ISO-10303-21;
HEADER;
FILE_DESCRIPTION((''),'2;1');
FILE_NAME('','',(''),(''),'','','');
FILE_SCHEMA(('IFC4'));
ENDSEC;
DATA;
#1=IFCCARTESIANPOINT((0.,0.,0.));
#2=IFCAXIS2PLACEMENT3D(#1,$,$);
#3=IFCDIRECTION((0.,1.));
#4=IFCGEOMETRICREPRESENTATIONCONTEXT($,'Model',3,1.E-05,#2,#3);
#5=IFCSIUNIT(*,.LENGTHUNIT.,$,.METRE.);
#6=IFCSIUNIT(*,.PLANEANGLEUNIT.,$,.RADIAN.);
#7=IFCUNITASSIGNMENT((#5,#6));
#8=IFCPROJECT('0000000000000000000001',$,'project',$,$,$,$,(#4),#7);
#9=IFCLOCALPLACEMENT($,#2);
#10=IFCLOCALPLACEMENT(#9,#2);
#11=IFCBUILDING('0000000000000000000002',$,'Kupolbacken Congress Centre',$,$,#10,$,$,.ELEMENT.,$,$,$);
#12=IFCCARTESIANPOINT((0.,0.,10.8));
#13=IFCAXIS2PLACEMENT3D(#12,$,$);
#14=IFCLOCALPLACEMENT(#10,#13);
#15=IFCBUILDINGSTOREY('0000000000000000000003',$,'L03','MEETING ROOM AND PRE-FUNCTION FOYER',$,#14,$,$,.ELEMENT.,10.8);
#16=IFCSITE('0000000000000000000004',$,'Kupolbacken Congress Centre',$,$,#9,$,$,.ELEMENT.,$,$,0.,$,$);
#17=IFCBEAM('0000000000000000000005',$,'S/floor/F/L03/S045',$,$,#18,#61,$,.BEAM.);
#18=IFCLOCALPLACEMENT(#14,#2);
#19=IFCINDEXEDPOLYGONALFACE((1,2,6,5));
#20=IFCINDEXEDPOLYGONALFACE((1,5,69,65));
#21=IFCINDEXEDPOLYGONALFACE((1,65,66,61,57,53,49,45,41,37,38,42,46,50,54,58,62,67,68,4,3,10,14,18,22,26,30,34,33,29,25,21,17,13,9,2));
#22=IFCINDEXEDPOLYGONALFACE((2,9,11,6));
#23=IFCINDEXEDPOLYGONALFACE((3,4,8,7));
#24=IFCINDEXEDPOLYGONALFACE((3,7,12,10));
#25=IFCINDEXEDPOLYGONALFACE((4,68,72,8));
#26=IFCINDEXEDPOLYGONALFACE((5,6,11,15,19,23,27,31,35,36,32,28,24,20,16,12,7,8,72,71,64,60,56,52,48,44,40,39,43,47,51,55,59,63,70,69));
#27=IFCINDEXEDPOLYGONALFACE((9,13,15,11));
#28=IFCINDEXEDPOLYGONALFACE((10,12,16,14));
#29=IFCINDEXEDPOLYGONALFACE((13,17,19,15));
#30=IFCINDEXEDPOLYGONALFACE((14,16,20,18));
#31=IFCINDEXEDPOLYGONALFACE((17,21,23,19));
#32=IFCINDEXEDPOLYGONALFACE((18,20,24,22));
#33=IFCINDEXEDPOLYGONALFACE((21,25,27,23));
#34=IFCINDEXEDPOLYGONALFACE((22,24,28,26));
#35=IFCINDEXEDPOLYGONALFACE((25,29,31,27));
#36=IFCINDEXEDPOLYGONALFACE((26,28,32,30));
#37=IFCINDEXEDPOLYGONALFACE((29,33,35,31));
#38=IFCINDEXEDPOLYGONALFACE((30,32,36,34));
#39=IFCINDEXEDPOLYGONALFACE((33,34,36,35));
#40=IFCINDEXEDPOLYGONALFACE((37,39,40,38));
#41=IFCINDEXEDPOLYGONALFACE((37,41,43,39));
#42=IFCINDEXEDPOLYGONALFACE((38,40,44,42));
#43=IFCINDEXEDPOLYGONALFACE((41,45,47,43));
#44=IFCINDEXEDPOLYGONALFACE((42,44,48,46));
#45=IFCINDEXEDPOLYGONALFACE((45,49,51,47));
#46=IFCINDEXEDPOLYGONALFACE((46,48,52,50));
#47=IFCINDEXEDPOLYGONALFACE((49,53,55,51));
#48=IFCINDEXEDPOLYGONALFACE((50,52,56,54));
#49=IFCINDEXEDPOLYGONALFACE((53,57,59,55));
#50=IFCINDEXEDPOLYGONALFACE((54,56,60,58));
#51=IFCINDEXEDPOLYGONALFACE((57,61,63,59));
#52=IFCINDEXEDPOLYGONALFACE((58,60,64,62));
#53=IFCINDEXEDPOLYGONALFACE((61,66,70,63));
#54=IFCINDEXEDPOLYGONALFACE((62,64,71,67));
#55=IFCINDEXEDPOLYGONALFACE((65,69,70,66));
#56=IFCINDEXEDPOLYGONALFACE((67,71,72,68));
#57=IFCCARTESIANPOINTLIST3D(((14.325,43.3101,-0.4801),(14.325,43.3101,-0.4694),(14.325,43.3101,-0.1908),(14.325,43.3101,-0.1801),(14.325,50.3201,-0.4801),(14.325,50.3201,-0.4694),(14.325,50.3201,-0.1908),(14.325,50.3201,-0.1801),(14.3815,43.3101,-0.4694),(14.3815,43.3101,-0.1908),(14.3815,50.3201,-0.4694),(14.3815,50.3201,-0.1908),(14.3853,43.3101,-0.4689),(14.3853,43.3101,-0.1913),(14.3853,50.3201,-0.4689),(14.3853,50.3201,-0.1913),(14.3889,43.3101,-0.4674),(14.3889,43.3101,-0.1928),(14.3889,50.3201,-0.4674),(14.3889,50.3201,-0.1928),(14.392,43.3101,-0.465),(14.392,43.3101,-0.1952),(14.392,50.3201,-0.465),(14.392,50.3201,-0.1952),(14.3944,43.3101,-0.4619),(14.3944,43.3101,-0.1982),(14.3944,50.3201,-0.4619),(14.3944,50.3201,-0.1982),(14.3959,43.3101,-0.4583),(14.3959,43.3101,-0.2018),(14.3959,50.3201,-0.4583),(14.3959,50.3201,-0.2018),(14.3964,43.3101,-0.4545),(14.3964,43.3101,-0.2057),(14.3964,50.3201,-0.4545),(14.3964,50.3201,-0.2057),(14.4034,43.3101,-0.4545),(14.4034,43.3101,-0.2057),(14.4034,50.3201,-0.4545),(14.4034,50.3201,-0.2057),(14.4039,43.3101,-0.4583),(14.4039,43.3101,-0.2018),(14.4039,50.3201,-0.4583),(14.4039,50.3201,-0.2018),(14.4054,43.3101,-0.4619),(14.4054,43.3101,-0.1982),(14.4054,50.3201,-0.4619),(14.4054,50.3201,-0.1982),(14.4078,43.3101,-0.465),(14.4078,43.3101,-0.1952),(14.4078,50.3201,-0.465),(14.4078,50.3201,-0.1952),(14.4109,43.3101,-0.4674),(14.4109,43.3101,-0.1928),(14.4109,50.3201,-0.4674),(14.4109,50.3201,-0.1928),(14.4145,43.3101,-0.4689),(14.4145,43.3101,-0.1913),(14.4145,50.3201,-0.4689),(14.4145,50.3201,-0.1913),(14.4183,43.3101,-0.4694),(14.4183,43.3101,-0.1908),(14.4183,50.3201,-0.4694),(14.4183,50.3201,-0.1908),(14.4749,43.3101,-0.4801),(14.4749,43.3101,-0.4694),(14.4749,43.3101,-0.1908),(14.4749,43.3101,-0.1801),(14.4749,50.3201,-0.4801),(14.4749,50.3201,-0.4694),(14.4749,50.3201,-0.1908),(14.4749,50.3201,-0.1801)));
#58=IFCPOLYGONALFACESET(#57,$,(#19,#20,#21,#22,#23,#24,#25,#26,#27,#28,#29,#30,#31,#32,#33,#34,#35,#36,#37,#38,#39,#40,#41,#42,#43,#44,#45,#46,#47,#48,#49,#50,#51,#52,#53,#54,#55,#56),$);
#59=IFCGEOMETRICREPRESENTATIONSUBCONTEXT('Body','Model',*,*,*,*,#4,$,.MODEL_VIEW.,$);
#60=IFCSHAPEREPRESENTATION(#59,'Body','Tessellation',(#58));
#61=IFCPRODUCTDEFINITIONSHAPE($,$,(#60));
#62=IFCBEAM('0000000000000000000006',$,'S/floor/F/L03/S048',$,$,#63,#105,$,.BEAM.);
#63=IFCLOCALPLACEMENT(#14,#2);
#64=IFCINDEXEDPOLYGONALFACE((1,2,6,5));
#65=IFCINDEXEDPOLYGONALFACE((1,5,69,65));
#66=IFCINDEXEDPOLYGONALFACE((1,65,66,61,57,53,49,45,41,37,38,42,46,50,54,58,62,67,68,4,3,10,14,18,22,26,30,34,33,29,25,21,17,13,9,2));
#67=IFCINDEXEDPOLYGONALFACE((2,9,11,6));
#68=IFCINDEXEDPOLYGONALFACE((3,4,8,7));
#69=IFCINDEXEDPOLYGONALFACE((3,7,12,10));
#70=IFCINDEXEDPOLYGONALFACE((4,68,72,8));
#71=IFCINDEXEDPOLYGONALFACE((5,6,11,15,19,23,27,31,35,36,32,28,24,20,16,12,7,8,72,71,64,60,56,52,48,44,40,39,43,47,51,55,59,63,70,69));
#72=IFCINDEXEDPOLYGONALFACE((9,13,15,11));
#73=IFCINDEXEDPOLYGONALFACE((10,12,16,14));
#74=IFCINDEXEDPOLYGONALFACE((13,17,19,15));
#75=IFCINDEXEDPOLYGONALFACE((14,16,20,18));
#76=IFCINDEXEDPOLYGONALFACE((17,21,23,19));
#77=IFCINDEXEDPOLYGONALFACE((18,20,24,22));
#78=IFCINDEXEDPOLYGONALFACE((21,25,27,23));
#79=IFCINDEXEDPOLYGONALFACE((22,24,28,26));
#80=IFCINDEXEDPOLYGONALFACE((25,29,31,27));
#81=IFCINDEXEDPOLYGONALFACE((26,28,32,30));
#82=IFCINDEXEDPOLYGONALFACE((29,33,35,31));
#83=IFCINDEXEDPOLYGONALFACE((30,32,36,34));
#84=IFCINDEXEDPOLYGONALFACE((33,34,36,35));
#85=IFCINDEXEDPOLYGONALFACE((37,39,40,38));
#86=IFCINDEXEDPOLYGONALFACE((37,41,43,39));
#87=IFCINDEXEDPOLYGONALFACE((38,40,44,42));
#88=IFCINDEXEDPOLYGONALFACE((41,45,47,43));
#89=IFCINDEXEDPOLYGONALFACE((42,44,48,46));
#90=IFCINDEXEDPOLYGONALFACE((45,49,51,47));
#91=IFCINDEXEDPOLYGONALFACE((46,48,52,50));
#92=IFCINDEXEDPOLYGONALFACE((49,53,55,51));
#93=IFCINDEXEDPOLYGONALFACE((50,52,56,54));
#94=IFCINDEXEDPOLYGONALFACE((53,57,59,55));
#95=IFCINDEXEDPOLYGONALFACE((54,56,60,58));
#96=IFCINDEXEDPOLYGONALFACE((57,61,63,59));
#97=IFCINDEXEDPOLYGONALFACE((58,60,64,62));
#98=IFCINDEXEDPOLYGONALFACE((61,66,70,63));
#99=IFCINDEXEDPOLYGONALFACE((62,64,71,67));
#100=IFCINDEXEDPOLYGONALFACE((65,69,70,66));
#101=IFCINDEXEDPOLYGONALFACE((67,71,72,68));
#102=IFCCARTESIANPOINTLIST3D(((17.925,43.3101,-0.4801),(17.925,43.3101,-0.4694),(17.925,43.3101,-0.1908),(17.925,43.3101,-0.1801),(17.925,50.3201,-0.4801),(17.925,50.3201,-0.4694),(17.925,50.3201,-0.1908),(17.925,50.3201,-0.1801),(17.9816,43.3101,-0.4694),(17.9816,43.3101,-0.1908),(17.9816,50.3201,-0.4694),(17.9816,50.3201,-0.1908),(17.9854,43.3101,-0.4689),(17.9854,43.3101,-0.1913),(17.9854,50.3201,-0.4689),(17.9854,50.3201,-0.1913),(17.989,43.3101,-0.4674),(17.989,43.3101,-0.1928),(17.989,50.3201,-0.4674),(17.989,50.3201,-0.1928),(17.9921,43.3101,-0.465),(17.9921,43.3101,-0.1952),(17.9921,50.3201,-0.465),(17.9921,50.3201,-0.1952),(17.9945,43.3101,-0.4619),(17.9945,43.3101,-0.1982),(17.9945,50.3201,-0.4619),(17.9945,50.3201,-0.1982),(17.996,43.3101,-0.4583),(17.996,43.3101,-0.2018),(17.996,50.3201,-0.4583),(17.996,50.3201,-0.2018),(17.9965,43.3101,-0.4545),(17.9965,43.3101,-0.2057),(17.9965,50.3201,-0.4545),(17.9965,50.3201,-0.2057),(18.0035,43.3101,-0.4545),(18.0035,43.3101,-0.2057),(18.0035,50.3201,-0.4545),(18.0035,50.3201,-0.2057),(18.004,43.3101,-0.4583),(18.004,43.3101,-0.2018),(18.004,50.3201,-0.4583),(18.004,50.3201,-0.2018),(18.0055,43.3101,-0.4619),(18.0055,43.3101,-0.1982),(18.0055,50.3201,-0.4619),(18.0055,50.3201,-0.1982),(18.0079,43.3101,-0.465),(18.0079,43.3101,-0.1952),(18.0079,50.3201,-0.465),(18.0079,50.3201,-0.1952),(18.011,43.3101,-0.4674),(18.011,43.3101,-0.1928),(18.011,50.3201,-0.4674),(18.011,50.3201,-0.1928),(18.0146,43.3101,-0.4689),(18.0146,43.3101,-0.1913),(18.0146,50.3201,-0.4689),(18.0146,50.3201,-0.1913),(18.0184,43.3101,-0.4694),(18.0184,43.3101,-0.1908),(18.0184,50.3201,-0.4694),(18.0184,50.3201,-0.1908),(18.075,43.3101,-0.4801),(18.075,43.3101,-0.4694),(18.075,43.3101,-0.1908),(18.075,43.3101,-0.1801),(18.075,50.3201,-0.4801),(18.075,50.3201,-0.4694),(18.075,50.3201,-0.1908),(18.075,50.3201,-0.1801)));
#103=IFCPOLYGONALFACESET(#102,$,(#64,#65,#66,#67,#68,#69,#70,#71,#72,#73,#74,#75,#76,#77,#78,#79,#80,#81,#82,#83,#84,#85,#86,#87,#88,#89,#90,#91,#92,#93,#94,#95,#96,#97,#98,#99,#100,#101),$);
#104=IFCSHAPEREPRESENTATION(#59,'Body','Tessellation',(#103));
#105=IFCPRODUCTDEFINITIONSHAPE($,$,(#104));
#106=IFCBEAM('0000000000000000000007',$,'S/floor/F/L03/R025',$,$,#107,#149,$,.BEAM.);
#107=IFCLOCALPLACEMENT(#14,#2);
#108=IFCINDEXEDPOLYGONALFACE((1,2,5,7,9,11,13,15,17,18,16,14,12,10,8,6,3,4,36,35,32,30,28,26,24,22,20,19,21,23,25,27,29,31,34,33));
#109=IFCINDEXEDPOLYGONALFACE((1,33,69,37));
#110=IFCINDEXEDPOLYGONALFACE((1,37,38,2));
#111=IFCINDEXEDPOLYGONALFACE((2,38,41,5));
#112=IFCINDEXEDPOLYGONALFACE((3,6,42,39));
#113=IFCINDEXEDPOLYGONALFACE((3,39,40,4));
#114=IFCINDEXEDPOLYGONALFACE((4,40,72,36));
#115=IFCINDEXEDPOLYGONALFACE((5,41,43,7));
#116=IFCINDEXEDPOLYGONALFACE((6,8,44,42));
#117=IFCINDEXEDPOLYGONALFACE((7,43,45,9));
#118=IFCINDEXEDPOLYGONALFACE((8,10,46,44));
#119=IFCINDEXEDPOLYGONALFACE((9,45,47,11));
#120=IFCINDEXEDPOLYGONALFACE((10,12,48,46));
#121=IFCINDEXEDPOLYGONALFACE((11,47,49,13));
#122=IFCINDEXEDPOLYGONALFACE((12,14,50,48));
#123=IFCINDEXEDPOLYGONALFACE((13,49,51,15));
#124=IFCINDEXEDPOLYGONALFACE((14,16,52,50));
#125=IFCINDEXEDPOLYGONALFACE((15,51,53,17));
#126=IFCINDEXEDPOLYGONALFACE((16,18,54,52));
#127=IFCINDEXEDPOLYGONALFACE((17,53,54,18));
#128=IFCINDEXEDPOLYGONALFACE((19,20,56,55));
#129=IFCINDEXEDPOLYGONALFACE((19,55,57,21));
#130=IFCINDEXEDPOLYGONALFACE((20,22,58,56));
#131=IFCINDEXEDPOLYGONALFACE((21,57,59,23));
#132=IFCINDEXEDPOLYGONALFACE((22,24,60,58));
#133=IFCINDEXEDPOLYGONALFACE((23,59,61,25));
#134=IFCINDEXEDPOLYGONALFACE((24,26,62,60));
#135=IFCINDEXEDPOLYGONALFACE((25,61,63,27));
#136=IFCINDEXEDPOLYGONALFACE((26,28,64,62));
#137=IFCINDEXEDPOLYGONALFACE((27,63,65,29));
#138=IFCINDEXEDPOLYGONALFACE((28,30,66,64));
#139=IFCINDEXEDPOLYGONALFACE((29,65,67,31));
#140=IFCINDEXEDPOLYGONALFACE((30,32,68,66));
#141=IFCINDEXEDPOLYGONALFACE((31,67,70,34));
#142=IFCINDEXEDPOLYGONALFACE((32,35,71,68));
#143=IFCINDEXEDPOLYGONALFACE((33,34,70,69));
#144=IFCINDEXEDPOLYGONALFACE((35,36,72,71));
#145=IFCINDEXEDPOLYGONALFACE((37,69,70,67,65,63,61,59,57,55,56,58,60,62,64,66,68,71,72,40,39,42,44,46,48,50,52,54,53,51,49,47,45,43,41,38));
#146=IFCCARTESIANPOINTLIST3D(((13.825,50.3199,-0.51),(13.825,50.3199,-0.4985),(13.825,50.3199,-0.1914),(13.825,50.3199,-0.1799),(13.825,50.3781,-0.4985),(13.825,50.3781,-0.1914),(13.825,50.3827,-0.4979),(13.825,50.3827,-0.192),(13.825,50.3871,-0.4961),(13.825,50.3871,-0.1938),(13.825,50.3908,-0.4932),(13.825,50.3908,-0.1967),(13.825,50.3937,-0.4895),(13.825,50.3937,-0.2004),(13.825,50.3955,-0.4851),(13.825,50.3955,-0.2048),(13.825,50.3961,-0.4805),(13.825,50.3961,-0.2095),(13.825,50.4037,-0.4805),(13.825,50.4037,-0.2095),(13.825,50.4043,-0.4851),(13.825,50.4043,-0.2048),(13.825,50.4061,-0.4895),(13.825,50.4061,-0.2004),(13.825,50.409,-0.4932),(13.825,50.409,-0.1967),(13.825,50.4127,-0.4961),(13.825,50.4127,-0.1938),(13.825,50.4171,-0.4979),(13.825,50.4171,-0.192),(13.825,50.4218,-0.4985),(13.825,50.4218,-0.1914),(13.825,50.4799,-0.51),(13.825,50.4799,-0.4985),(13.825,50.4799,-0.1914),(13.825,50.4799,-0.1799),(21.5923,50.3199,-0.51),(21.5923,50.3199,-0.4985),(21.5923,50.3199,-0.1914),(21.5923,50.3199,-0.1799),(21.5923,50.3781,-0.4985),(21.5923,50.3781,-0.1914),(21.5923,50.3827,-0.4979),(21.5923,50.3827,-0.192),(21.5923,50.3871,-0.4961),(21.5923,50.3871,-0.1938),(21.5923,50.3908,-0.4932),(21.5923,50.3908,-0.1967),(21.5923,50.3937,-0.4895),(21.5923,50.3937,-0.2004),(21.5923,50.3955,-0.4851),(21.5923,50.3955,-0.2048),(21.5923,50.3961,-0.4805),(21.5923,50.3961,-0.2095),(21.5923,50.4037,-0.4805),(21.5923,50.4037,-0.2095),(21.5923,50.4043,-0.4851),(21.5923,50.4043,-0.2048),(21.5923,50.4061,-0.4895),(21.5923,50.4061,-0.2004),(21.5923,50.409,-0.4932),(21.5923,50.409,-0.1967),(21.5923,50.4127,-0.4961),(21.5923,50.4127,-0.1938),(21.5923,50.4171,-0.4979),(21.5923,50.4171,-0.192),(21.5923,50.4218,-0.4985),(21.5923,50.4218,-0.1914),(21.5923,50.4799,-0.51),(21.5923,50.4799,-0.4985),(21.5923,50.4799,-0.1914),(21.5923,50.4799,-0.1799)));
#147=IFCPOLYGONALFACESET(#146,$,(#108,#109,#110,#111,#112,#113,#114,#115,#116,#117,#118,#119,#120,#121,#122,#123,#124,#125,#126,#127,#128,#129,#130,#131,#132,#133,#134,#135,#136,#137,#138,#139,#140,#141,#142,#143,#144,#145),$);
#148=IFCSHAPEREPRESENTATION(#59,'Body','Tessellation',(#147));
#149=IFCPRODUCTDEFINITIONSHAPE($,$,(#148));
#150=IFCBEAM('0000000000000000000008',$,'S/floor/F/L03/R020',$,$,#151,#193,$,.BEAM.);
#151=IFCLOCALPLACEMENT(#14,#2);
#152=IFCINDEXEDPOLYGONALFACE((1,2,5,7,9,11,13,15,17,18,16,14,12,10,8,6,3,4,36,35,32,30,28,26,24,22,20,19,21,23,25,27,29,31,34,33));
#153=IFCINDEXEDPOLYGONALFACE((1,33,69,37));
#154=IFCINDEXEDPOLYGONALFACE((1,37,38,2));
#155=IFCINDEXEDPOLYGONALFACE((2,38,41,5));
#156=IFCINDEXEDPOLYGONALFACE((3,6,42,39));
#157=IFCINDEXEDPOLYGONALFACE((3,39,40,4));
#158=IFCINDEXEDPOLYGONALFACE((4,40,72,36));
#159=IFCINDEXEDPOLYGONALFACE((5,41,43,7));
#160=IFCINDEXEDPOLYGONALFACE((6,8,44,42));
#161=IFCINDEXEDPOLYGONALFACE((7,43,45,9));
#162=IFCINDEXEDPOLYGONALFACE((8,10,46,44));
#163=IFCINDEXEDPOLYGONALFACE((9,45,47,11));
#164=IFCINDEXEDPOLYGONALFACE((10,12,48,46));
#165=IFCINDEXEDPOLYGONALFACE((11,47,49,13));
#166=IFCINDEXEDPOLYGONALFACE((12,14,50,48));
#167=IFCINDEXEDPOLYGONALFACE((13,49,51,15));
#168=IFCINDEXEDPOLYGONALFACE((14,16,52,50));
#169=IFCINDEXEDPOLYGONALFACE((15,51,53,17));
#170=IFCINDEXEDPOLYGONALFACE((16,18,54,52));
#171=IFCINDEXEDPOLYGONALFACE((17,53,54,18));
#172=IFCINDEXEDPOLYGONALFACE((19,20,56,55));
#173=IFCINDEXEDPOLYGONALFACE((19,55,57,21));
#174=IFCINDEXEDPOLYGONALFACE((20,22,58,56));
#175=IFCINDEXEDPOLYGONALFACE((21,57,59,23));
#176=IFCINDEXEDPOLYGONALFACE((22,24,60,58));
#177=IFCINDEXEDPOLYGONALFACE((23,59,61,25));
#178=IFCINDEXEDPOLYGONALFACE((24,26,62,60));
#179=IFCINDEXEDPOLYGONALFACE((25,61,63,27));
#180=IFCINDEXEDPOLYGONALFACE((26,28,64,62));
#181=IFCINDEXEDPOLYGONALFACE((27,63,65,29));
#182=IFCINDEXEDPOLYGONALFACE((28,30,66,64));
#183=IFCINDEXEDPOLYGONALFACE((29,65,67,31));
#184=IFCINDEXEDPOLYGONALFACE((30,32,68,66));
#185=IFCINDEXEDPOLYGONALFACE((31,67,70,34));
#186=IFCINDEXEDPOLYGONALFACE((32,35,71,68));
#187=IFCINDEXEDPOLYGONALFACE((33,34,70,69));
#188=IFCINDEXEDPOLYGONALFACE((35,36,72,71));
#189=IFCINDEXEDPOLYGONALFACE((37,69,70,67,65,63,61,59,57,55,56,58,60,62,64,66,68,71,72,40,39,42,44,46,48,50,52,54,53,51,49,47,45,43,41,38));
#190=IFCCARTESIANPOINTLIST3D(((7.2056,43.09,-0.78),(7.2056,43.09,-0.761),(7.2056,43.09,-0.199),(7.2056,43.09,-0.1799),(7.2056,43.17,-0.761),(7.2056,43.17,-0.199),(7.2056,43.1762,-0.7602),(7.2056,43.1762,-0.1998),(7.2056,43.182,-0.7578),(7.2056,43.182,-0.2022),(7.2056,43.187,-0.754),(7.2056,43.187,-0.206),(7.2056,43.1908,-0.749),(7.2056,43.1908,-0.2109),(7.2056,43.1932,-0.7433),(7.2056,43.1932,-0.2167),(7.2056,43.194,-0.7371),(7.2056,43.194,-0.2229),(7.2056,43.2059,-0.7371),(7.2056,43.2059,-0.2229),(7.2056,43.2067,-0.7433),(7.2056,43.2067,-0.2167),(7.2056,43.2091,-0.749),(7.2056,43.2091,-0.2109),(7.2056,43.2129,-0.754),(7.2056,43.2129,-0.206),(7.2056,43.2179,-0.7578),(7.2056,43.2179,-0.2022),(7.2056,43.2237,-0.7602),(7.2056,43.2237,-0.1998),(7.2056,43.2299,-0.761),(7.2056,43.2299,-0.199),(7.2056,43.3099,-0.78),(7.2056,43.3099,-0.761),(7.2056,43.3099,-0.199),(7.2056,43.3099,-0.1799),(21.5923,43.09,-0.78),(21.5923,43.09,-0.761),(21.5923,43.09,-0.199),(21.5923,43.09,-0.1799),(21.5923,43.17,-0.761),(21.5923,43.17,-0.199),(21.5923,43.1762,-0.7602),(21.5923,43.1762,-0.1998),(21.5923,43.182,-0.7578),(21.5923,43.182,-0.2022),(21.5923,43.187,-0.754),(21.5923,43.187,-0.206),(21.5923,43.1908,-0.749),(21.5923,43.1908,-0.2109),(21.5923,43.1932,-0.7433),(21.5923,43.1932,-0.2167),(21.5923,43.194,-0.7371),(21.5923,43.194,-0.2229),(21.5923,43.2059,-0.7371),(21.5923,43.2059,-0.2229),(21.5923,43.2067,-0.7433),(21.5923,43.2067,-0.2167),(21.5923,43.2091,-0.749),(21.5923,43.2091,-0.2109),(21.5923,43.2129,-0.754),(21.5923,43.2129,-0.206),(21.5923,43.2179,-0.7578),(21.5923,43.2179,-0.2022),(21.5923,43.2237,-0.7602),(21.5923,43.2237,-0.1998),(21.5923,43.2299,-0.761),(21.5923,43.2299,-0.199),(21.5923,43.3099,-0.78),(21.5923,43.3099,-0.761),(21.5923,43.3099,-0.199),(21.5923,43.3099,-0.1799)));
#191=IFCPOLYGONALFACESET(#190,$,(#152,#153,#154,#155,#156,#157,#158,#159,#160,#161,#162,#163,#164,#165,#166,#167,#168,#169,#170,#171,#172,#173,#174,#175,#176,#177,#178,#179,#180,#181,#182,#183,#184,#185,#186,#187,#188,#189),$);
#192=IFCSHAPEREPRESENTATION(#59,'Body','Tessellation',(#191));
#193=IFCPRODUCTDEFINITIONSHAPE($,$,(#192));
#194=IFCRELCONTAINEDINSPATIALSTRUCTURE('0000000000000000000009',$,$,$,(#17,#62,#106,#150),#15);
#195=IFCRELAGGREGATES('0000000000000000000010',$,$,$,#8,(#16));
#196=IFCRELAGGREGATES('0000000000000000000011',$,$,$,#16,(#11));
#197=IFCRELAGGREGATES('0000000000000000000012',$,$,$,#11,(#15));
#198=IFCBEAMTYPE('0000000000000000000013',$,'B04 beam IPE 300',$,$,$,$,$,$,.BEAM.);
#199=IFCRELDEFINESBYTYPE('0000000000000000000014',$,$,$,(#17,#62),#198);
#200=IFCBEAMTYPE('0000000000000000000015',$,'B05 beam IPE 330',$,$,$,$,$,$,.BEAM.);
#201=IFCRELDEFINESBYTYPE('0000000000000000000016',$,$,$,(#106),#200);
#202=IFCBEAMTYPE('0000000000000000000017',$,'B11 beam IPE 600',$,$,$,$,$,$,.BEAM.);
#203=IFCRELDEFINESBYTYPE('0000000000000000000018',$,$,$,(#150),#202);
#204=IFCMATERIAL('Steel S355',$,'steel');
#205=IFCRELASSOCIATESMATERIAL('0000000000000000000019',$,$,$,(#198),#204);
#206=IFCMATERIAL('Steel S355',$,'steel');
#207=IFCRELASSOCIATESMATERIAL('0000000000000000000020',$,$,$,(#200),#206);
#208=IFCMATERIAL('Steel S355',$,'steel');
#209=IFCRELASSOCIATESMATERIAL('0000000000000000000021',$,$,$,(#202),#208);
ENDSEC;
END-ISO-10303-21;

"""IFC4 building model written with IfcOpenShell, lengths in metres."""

from ifc_helpers import new_model, si_unit, direction, frame, origin, origin_2d, place, context, subcontext, project, spatial, i_section, extrude, material, material_profile, profile_set, type_object, element, save


model = new_model("IFC4")

# Units and contexts
model_context = context("Model", 3, precision=1e-05, world=origin(), true_north=direction((0.0, 1.0)))
body_context = subcontext(model_context, "Body", "Model", "MODEL_VIEW")
ifc_project = project(units=[si_unit("LENGTHUNIT", "METRE"), si_unit("PLANEANGLEUNIT", "RADIAN")], contexts=[model_context])

# Site, building, storey
site_placement = place(None, origin())
site = spatial("IfcSite", under=ifc_project, at=site_placement, Name="Kupolbacken Congress Centre", CompositionType="ELEMENT", RefElevation=0.0)
building_placement = place(site_placement, origin())
building = spatial("IfcBuilding", under=site, at=building_placement, Name="Kupolbacken Congress Centre", CompositionType="ELEMENT")
storey_placement = place(building_placement, frame((0.0, 0.0, 10.8)))
storey = spatial("IfcBuildingStorey", under=building, at=storey_placement, Name="L03", Description="MEETING ROOM AND PRE-FUNCTION FOYER", CompositionType="ELEMENT", Elevation=10.8)

# Beams
ifc_material_1 = material(Name="Steel S355", Category="steel")
ifc_material_profile_1 = material_profile(ifc_material_1, i_section(OverallWidth=0.1499, OverallDepth=0.3, WebThickness=0.0071, FlangeThickness=0.0107, FilletRadius=0.0149, at=origin_2d()), Name="IPE 300")
ifc_profile_set_1 = profile_set([ifc_material_profile_1], Name="Steel S355")
beam_type_1 = type_object("IfcBeamType", Name="B04 beam IPE 300", PredefinedType="BEAM", material=ifc_profile_set_1)
for number, where, z_axis, x_axis, name in (
    (1, (14.3999, 43.3101, -0.3301), (0.0, 1.0, 0.0), (-1.0, 0.0, 0.0), "S/floor/F/L03/S045"),
    (2, (18.0, 43.3101, -0.3301), (0.0, 1.0, 0.0), (-1.0, 0.0, 0.0), "S/floor/F/L03/S048"),
):
    element("IfcBeam", number, at=place(storey_placement, frame(where, z_axis=z_axis, x_axis=x_axis)), inside=storey, type_object=beam_type_1, Name=name, PredefinedType="BEAM", context=body_context, shape_type="SweptSolid", body=[
        extrude(i_section(OverallWidth=0.1499, OverallDepth=0.3, WebThickness=0.0071, FlangeThickness=0.0107, FilletRadius=0.0149, at=origin_2d()), origin(), (0.0, 0.0, 1.0), 7.01),
    ])
ifc_material_2 = material(Name="Steel S355", Category="steel")
ifc_material_profile_2 = material_profile(ifc_material_2, i_section(OverallWidth=0.1599, OverallDepth=0.3301, WebThickness=0.0076, FlangeThickness=0.0115, FilletRadius=0.0181, at=origin_2d()), Name="IPE 330")
ifc_profile_set_2 = profile_set([ifc_material_profile_2], Name="Steel S355")
beam_type_2 = type_object("IfcBeamType", Name="B05 beam IPE 330", PredefinedType="BEAM", material=ifc_profile_set_2)
beam_1_placement = place(storey_placement, frame((13.825, 50.3999, -0.345), z_axis=(1.0, 0.0, 0.0), x_axis=(0.0, 1.0, 0.0)))
element("IfcBeam", 3, at=beam_1_placement, inside=storey, type_object=beam_type_2, Name="S/floor/F/L03/R025", PredefinedType="BEAM", context=body_context, shape_type="SweptSolid", body=[
    extrude(i_section(OverallWidth=0.1599, OverallDepth=0.3301, WebThickness=0.0076, FlangeThickness=0.0115, FilletRadius=0.0181, at=origin_2d()), origin(), (0.0, 0.0, 1.0), 7.7673),
])
ifc_material_3 = material(Name="Steel S355", Category="steel")
ifc_material_profile_3 = material_profile(ifc_material_3, i_section(OverallWidth=0.22, OverallDepth=0.6001, WebThickness=0.012, FlangeThickness=0.019, FilletRadius=0.0239, at=origin_2d()), Name="IPE 600")
ifc_profile_set_3 = profile_set([ifc_material_profile_3], Name="Steel S355")
beam_type_3 = type_object("IfcBeamType", Name="B11 beam IPE 600", PredefinedType="BEAM", material=ifc_profile_set_3)
beam_2_placement = place(storey_placement, frame((7.2056, 43.2, -0.48), z_axis=(1.0, 0.0, 0.0), x_axis=(0.0, 1.0, 0.0)))
element("IfcBeam", 4, at=beam_2_placement, inside=storey, type_object=beam_type_3, Name="S/floor/F/L03/R020", PredefinedType="BEAM", context=body_context, shape_type="SweptSolid", body=[
    extrude(i_section(OverallWidth=0.22, OverallDepth=0.6001, WebThickness=0.012, FlangeThickness=0.019, FilletRadius=0.0239, at=origin_2d()), origin(), (0.0, 0.0, 1.0), 14.3867),
])

save(model, "model.ifc")
